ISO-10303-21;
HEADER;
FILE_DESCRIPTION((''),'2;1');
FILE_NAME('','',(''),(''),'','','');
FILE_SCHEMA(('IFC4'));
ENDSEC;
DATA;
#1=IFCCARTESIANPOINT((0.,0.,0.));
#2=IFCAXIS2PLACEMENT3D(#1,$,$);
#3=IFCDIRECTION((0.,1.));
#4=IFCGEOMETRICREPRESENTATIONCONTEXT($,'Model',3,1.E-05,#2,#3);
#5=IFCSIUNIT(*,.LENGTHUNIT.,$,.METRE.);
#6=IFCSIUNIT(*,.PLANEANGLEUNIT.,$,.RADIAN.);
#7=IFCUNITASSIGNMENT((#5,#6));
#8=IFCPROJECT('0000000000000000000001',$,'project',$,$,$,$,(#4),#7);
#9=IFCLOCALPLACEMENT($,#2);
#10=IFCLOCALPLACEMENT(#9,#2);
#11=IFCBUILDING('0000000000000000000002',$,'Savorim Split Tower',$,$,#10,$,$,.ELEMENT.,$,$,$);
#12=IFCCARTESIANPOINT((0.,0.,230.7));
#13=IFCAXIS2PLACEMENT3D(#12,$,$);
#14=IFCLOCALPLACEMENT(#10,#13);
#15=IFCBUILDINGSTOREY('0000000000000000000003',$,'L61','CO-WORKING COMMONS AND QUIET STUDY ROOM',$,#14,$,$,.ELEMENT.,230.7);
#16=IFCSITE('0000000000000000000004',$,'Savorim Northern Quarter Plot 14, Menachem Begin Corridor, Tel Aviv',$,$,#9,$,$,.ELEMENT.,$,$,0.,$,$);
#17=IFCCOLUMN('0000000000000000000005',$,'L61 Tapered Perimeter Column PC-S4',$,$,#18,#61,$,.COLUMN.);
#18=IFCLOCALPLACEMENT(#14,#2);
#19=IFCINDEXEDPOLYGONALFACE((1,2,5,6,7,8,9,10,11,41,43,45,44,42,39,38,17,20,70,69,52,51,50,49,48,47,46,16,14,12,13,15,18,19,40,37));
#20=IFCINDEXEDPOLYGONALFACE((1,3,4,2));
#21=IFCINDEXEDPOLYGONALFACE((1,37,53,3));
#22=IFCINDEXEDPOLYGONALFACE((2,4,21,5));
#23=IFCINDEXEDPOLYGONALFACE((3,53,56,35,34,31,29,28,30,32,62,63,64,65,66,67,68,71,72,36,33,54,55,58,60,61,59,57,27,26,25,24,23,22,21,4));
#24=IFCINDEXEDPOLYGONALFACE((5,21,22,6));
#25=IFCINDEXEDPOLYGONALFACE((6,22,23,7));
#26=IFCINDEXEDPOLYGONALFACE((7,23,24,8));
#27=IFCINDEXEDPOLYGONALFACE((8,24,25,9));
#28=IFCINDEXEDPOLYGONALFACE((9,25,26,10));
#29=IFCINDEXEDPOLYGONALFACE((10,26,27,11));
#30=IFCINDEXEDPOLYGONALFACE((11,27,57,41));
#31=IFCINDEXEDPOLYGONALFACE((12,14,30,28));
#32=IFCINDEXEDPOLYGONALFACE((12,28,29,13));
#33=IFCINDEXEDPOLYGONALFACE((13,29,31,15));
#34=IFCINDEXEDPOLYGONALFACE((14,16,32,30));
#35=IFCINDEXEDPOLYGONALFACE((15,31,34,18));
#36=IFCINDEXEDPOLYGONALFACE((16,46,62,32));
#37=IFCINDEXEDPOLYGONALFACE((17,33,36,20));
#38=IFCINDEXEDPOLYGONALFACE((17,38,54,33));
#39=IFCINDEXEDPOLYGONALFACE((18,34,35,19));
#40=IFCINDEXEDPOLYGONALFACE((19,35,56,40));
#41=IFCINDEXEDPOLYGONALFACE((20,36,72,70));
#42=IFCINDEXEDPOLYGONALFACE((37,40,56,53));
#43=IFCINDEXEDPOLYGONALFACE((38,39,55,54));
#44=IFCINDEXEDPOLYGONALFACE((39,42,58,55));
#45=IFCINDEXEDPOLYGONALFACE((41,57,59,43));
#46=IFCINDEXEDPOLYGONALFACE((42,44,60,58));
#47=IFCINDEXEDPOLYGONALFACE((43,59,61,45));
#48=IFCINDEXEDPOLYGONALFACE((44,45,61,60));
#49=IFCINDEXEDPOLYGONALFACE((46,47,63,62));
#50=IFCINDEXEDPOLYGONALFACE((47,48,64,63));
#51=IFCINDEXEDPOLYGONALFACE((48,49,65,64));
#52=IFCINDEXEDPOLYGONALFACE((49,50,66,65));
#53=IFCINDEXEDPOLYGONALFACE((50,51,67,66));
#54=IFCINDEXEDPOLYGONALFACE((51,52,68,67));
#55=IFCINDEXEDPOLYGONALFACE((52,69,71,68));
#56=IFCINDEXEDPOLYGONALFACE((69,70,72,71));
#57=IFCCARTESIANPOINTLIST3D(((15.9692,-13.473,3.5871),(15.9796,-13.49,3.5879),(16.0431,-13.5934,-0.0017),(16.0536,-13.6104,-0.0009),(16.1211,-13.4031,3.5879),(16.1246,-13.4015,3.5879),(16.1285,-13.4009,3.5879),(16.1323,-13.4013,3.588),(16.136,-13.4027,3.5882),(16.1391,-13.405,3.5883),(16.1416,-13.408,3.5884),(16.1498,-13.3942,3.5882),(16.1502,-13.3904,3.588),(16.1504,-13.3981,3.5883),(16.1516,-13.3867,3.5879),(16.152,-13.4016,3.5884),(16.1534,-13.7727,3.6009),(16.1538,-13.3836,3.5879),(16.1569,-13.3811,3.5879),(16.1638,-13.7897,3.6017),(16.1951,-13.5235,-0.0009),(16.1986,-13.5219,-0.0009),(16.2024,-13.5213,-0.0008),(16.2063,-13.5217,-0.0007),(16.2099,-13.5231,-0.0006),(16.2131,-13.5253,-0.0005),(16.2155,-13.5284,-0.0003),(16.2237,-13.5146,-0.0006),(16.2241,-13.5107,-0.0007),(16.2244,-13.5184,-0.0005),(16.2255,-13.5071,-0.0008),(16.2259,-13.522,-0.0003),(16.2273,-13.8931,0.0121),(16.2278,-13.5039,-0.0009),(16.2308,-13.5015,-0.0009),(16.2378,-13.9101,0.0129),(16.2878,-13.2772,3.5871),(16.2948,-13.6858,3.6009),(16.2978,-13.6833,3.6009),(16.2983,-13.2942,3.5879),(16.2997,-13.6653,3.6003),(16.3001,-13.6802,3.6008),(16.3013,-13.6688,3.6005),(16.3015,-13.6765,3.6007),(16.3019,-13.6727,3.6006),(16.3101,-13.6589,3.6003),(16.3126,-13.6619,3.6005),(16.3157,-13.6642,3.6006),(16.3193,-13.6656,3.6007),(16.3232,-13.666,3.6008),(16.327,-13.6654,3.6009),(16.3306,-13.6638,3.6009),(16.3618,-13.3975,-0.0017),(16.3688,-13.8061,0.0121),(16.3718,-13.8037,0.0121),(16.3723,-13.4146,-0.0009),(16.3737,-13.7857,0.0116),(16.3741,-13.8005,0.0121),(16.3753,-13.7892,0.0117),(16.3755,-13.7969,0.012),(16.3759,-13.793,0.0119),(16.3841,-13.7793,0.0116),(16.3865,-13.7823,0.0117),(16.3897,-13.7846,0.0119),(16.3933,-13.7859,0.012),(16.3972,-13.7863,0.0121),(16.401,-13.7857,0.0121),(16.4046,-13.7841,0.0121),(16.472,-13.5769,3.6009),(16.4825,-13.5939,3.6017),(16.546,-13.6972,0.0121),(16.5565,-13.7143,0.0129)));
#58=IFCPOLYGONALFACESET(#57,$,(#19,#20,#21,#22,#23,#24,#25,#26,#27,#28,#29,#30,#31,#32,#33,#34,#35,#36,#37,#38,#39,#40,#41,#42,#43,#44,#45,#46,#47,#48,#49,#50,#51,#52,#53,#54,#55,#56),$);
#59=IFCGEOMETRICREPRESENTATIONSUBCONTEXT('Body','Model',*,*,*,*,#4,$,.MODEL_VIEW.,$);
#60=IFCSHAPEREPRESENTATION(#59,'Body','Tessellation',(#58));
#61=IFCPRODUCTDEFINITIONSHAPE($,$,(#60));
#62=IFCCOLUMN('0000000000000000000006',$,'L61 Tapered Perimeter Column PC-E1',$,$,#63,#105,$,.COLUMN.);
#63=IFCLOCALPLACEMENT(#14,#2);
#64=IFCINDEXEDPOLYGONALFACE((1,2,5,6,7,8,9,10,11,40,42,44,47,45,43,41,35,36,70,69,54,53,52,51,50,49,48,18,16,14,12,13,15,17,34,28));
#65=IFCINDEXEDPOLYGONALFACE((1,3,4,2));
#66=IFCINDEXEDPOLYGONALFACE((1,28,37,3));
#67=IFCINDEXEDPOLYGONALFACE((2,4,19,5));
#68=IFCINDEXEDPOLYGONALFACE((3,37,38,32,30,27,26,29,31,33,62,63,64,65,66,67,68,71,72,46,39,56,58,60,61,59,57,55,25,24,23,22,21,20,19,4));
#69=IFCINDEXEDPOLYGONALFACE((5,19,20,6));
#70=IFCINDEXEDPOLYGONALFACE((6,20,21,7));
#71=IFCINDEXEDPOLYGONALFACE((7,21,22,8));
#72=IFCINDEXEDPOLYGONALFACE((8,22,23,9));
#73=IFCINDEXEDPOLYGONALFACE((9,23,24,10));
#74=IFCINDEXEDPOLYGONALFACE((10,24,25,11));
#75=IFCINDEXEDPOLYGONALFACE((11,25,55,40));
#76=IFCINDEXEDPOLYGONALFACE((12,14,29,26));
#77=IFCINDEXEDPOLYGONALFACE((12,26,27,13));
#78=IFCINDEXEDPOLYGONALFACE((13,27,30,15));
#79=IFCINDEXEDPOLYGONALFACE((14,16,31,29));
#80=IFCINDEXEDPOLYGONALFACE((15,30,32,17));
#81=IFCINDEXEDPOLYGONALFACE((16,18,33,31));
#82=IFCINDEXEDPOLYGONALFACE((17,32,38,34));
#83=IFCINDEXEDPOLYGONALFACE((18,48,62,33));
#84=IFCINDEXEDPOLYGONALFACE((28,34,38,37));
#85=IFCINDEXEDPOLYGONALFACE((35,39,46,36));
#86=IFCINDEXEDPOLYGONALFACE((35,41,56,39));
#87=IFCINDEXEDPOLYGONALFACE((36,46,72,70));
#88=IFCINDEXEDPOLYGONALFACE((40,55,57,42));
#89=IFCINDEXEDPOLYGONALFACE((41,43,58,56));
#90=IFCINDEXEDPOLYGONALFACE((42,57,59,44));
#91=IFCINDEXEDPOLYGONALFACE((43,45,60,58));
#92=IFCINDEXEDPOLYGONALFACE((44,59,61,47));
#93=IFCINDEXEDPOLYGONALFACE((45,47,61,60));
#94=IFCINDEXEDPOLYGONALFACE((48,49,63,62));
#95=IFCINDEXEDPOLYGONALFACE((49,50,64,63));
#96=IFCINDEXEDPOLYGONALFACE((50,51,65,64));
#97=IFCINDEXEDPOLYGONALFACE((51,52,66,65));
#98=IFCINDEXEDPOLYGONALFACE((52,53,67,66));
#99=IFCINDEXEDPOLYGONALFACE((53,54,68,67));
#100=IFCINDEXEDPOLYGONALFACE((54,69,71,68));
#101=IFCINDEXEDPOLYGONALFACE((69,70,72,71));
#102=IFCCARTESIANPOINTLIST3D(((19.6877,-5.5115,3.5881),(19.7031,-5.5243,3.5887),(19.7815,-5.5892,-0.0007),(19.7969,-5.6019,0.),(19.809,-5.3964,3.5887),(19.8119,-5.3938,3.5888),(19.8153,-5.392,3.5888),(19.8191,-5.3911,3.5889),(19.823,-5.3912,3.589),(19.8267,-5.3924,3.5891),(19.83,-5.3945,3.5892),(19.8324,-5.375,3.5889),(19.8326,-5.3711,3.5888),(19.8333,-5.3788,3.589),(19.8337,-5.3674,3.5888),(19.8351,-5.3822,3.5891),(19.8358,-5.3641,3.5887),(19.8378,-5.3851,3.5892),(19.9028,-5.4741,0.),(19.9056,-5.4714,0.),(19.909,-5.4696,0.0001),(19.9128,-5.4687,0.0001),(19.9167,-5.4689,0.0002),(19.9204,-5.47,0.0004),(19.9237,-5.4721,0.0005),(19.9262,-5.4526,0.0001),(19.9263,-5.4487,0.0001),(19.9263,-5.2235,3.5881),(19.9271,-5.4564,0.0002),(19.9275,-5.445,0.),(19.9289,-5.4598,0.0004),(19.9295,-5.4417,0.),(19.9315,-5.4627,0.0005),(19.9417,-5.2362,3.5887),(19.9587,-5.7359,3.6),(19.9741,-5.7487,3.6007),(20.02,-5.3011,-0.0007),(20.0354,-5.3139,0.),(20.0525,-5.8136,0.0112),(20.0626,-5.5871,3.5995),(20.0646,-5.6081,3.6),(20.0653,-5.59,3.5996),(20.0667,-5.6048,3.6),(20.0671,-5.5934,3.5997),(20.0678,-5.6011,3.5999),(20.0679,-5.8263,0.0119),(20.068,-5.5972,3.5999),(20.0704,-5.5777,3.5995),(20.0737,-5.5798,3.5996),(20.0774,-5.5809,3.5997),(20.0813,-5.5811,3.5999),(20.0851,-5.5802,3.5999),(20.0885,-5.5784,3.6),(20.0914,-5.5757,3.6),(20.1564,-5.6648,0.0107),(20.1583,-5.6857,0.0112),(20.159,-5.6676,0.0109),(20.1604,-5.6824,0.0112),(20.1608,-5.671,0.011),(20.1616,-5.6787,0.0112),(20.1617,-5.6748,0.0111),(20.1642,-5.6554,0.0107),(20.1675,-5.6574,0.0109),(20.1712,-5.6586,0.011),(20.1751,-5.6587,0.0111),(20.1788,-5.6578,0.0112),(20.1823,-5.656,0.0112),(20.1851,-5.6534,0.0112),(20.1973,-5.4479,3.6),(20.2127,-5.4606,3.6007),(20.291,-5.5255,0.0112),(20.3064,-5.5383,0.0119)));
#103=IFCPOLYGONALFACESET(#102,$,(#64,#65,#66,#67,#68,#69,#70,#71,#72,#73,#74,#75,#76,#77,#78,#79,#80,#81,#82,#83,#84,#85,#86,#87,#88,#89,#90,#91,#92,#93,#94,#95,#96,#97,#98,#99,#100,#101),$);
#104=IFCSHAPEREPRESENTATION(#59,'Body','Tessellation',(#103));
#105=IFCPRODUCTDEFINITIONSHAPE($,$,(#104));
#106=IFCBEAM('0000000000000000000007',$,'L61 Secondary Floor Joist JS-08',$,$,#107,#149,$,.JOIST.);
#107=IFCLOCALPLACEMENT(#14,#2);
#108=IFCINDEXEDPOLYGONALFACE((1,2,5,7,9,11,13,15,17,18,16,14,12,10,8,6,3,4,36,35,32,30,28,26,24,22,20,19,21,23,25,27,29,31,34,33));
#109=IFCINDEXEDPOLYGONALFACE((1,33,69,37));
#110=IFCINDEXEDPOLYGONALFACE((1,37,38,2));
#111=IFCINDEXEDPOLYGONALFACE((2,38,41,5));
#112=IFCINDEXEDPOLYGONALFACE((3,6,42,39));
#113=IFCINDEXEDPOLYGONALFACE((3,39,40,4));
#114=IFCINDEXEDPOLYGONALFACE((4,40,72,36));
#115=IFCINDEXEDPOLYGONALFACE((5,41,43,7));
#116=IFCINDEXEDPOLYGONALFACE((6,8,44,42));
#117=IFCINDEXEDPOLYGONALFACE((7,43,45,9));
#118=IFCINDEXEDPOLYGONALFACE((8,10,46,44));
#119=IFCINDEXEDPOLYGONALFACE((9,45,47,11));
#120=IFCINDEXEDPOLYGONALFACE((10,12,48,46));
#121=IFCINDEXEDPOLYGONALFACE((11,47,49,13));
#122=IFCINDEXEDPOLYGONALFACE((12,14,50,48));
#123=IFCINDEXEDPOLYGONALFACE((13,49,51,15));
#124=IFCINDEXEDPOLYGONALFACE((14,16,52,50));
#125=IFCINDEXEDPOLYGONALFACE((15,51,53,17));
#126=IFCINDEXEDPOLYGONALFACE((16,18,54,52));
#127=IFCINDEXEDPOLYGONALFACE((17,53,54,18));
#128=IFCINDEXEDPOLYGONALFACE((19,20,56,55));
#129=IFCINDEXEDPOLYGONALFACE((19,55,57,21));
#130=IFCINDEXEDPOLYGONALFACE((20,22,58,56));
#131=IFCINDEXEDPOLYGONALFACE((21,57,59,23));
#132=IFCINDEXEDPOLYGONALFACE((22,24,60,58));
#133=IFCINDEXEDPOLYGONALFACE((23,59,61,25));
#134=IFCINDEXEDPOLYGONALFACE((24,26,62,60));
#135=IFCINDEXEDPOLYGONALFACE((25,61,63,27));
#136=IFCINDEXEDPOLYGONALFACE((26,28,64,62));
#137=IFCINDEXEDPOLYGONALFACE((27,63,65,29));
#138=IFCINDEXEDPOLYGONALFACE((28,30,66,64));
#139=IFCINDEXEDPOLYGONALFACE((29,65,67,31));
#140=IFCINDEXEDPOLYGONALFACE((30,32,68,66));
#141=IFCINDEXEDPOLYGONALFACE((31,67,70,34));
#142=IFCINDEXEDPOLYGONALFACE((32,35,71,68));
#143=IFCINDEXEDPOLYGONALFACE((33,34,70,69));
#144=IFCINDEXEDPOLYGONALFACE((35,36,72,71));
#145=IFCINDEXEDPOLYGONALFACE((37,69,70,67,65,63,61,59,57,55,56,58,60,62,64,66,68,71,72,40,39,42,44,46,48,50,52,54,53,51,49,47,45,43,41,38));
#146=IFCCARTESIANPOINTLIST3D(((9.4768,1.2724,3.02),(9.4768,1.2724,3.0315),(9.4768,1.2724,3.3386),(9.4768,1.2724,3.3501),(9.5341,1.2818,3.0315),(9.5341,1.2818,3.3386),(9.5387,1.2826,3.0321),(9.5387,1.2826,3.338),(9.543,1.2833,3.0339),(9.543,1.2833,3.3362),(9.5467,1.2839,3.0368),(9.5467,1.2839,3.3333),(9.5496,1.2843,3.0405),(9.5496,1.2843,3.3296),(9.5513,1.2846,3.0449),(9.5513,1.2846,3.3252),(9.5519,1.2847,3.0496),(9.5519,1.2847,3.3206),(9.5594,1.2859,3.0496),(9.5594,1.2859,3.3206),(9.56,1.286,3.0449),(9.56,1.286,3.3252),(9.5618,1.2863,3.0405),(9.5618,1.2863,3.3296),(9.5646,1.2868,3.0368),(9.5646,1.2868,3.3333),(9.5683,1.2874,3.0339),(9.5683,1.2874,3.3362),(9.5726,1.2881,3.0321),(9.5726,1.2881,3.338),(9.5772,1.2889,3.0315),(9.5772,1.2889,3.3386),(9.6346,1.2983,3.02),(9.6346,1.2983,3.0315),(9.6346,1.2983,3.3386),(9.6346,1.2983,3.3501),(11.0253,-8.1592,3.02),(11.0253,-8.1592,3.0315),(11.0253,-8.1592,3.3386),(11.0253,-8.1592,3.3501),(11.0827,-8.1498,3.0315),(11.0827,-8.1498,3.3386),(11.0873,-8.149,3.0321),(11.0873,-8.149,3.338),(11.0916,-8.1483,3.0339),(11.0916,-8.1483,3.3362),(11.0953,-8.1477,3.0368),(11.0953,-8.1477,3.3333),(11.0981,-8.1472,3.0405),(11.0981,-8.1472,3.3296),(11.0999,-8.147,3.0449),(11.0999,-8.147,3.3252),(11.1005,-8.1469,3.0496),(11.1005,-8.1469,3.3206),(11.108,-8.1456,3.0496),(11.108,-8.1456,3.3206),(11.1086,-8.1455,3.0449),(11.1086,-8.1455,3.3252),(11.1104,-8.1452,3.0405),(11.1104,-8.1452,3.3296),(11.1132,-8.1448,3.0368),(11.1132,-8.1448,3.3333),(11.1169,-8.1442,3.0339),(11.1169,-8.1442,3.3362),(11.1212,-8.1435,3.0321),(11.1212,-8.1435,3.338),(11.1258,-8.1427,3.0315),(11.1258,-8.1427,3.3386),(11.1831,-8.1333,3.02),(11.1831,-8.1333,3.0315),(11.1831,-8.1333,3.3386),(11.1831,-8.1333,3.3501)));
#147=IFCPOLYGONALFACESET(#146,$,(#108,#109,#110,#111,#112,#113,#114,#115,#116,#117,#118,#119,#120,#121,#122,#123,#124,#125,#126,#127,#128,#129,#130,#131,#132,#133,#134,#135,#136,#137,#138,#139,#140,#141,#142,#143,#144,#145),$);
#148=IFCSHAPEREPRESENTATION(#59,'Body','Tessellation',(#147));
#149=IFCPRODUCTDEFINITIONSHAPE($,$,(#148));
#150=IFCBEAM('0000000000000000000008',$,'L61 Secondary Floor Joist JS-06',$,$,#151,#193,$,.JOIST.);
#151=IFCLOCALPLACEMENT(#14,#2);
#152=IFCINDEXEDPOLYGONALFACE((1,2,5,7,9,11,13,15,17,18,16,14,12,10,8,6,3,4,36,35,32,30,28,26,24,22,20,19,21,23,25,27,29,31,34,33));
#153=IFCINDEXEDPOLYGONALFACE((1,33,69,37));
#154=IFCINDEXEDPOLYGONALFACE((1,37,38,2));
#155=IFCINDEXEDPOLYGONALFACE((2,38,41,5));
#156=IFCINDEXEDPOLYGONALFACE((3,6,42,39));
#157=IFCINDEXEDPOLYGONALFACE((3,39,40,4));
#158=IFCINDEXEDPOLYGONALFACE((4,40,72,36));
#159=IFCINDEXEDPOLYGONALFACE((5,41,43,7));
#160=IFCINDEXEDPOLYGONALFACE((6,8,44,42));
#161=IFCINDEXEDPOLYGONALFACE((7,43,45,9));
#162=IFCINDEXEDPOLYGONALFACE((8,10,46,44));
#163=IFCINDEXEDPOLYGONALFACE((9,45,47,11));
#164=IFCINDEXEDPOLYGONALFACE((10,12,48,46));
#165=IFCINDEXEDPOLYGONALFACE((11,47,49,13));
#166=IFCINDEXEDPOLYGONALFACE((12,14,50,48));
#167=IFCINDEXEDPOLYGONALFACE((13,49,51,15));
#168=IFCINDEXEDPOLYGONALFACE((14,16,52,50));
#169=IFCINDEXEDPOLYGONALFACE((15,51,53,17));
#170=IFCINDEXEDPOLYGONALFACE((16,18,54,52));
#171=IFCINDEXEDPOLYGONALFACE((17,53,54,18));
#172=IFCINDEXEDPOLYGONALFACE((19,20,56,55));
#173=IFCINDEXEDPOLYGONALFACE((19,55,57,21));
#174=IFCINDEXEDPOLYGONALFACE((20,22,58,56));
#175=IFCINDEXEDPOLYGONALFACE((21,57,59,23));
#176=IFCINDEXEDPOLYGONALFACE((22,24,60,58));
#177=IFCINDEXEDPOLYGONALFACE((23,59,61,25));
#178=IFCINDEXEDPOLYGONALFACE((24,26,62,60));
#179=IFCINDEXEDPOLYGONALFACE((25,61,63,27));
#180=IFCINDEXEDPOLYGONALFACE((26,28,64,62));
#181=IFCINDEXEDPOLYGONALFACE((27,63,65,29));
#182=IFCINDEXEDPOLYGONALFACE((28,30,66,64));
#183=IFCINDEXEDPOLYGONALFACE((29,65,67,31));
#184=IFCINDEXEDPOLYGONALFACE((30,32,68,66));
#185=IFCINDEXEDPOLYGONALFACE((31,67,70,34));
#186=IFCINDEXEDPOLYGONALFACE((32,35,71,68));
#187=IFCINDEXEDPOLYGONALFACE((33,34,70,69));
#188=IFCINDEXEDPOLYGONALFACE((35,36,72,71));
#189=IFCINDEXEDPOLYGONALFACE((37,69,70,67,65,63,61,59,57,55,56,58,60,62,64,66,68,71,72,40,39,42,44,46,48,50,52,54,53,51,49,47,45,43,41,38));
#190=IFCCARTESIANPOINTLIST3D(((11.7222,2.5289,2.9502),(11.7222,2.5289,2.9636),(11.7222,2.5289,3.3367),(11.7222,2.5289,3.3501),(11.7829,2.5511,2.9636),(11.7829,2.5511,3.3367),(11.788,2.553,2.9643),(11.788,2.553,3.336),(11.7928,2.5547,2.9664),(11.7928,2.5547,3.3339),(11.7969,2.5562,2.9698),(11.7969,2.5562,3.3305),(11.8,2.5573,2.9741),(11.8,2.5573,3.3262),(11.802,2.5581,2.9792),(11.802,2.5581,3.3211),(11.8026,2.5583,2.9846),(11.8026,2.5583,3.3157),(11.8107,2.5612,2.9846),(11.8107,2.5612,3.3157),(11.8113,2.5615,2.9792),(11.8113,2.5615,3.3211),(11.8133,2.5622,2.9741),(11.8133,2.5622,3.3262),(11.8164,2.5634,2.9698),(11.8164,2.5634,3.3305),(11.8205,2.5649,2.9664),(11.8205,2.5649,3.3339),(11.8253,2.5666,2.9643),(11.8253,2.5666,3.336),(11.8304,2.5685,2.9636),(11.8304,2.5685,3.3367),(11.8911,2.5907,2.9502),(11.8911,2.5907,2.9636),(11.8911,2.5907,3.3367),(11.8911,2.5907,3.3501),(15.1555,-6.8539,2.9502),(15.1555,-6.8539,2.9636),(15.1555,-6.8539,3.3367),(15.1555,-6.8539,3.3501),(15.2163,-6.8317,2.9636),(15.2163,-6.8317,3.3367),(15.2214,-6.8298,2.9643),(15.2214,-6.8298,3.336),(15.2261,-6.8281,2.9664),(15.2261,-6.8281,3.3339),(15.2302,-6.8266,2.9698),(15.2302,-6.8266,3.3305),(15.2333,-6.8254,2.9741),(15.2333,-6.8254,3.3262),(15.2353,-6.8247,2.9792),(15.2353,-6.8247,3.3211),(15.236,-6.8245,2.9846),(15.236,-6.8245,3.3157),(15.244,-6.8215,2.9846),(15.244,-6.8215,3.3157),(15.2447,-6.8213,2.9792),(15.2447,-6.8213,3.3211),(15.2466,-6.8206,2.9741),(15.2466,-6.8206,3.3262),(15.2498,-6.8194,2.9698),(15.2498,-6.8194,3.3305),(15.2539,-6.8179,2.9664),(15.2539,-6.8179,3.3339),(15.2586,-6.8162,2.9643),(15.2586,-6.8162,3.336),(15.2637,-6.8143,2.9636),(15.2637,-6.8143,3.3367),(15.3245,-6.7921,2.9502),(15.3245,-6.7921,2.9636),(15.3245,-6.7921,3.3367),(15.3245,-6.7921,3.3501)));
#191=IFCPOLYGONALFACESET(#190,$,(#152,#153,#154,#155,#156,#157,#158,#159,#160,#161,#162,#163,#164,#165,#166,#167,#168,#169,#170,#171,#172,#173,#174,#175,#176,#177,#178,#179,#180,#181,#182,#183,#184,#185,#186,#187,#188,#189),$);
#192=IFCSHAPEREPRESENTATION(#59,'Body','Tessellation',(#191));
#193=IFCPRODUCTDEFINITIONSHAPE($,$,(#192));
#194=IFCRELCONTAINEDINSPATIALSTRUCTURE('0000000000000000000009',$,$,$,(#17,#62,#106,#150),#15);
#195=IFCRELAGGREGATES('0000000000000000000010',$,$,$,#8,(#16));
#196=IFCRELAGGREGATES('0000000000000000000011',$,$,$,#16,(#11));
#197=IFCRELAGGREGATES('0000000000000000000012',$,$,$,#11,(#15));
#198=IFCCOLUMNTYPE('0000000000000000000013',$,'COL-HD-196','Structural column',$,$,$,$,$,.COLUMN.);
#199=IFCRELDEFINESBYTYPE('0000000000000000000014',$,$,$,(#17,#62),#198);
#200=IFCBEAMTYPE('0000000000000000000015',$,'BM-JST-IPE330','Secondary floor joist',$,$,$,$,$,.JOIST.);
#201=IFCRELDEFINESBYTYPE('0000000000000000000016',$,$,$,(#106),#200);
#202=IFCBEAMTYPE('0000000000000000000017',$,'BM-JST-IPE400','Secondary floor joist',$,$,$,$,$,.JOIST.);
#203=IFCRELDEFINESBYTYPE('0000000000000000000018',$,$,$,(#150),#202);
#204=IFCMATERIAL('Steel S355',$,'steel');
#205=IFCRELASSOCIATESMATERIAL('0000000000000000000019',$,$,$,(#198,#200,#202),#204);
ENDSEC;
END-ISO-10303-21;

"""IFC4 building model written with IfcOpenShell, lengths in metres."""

from ifc_helpers import new_model, si_unit, direction, frame, origin, origin_2d, place, context, subcontext, project, spatial, i_section, extrude, material, material_profile, profile_set, type_object, element, save


model = new_model("IFC4")

# Units and contexts
model_context = context("Model", 3, precision=1e-05, world=origin(), true_north=direction((0.0, 1.0)))
body_context = subcontext(model_context, "Body", "Model", "MODEL_VIEW")
ifc_project = project(units=[si_unit("LENGTHUNIT", "METRE"), si_unit("PLANEANGLEUNIT", "RADIAN")], contexts=[model_context])

# Site, building, storey
site_placement = place(None, origin())
site = spatial("IfcSite", under=ifc_project, at=site_placement, Name="Savorim Northern Quarter Plot 14, Menachem Begin Corridor, Tel Aviv", CompositionType="ELEMENT", RefElevation=0.0)
building_placement = place(site_placement, origin())
building = spatial("IfcBuilding", under=site, at=building_placement, Name="Savorim Split Tower", CompositionType="ELEMENT")
storey_placement = place(building_placement, frame((0.0, 0.0, 230.7)))
storey = spatial("IfcBuildingStorey", under=building, at=storey_placement, Name="L61", Description="CO-WORKING COMMONS AND QUIET STUDY ROOM", CompositionType="ELEMENT", Elevation=230.7)

# Columns
ifc_material_1 = material(Name="Steel S355", Category="steel")
ifc_material_profile_1 = material_profile(ifc_material_1, i_section(OverallWidth=0.374, OverallDepth=0.3721, WebThickness=0.0122, FlangeThickness=0.02, FilletRadius=0.0149, at=origin_2d()), Name="HD 360x196")
ifc_profile_set_1 = profile_set([ifc_material_profile_1], Name="Steel S355")
column_type = type_object("IfcColumnType", Name="COL-HD-196", Description="Structural column", PredefinedType="COLUMN", material=ifc_profile_set_1)
column_1_placement = place(storey_placement, frame((16.2998, -13.6538, 0.0056), z_axis=(-0.020596, 0.033511, 0.999226), x_axis=(-0.851955, -0.523615, 0.0)))
element("IfcColumn", 1, at=column_1_placement, inside=storey, type_object=column_type, Name="L61 Tapered Perimeter Column PC-S4", PredefinedType="COLUMN", context=body_context, shape_type="SweptSolid", body=[
    extrude(i_section(OverallWidth=0.374, OverallDepth=0.3721, WebThickness=0.0122, FlangeThickness=0.02, FilletRadius=0.0149, at=origin_2d()), origin(), (0.0, 0.0, 1.0), 3.5916),
])
column_2_placement = place(storey_placement, frame((20.0439, -5.5637, 0.0056), z_axis=(-0.026107, 0.02162, 0.999425), x_axis=(-0.637814, -0.77019, 0.0)))
element("IfcColumn", 2, at=column_2_placement, inside=storey, type_object=column_type, Name="L61 Tapered Perimeter Column PC-E1", PredefinedType="COLUMN", context=body_context, shape_type="SweptSolid", body=[
    extrude(i_section(OverallWidth=0.374, OverallDepth=0.3721, WebThickness=0.0122, FlangeThickness=0.02, FilletRadius=0.0149, at=origin_2d()), origin(), (0.0, 0.0, 1.0), 3.5908),
])

# Beams
ifc_material_profile_2 = material_profile(ifc_material_1, i_section(OverallWidth=0.1599, OverallDepth=0.3301, WebThickness=0.0076, FlangeThickness=0.0115, FilletRadius=0.0181, at=origin_2d()), Name="IPE 330")
ifc_profile_set_2 = profile_set([ifc_material_profile_2], Name="Steel S355")
beam_type_1 = type_object("IfcBeamType", Name="BM-JST-IPE330", Description="Secondary floor joist", PredefinedType="JOIST", material=ifc_profile_set_2)
beam_1_placement = place(storey_placement, frame((11.1042, -8.1462, 3.1851), z_axis=(-0.162021, 0.986787, 0.0), x_axis=(-0.986787, -0.162021, 0.0)))
element("IfcBeam", 3, at=beam_1_placement, inside=storey, type_object=beam_type_1, Name="L61 Secondary Floor Joist JS-08", PredefinedType="JOIST", context=body_context, shape_type="SweptSolid", body=[
    extrude(i_section(OverallWidth=0.1599, OverallDepth=0.3301, WebThickness=0.0076, FlangeThickness=0.0115, FilletRadius=0.0181, at=origin_2d()), origin(), (0.0, 0.0, 1.0), 9.5579),
])
ifc_material_profile_3 = material_profile(ifc_material_1, i_section(OverallWidth=0.1799, OverallDepth=0.3999, WebThickness=0.0085, FlangeThickness=0.0134, FilletRadius=0.021, at=origin_2d()), Name="IPE 400")
ifc_profile_set_3 = profile_set([ifc_material_profile_3], Name="Steel S355")
beam_type_2 = type_object("IfcBeamType", Name="BM-JST-IPE400", Description="Secondary floor joist", PredefinedType="JOIST", material=ifc_profile_set_3)
beam_2_placement = place(storey_placement, frame((15.24, -6.823, 3.1501), z_axis=(-0.343636, 0.939103, 0.0), x_axis=(-0.939103, -0.343636, 0.0)))
element("IfcBeam", 4, at=beam_2_placement, inside=storey, type_object=beam_type_2, Name="L61 Secondary Floor Joist JS-06", PredefinedType="JOIST", context=body_context, shape_type="SweptSolid", body=[
    extrude(i_section(OverallWidth=0.1799, OverallDepth=0.3999, WebThickness=0.0085, FlangeThickness=0.0134, FilletRadius=0.021, at=origin_2d()), origin(), (0.0, 0.0, 1.0), 9.9912),
])

save(model, "model.ifc")
